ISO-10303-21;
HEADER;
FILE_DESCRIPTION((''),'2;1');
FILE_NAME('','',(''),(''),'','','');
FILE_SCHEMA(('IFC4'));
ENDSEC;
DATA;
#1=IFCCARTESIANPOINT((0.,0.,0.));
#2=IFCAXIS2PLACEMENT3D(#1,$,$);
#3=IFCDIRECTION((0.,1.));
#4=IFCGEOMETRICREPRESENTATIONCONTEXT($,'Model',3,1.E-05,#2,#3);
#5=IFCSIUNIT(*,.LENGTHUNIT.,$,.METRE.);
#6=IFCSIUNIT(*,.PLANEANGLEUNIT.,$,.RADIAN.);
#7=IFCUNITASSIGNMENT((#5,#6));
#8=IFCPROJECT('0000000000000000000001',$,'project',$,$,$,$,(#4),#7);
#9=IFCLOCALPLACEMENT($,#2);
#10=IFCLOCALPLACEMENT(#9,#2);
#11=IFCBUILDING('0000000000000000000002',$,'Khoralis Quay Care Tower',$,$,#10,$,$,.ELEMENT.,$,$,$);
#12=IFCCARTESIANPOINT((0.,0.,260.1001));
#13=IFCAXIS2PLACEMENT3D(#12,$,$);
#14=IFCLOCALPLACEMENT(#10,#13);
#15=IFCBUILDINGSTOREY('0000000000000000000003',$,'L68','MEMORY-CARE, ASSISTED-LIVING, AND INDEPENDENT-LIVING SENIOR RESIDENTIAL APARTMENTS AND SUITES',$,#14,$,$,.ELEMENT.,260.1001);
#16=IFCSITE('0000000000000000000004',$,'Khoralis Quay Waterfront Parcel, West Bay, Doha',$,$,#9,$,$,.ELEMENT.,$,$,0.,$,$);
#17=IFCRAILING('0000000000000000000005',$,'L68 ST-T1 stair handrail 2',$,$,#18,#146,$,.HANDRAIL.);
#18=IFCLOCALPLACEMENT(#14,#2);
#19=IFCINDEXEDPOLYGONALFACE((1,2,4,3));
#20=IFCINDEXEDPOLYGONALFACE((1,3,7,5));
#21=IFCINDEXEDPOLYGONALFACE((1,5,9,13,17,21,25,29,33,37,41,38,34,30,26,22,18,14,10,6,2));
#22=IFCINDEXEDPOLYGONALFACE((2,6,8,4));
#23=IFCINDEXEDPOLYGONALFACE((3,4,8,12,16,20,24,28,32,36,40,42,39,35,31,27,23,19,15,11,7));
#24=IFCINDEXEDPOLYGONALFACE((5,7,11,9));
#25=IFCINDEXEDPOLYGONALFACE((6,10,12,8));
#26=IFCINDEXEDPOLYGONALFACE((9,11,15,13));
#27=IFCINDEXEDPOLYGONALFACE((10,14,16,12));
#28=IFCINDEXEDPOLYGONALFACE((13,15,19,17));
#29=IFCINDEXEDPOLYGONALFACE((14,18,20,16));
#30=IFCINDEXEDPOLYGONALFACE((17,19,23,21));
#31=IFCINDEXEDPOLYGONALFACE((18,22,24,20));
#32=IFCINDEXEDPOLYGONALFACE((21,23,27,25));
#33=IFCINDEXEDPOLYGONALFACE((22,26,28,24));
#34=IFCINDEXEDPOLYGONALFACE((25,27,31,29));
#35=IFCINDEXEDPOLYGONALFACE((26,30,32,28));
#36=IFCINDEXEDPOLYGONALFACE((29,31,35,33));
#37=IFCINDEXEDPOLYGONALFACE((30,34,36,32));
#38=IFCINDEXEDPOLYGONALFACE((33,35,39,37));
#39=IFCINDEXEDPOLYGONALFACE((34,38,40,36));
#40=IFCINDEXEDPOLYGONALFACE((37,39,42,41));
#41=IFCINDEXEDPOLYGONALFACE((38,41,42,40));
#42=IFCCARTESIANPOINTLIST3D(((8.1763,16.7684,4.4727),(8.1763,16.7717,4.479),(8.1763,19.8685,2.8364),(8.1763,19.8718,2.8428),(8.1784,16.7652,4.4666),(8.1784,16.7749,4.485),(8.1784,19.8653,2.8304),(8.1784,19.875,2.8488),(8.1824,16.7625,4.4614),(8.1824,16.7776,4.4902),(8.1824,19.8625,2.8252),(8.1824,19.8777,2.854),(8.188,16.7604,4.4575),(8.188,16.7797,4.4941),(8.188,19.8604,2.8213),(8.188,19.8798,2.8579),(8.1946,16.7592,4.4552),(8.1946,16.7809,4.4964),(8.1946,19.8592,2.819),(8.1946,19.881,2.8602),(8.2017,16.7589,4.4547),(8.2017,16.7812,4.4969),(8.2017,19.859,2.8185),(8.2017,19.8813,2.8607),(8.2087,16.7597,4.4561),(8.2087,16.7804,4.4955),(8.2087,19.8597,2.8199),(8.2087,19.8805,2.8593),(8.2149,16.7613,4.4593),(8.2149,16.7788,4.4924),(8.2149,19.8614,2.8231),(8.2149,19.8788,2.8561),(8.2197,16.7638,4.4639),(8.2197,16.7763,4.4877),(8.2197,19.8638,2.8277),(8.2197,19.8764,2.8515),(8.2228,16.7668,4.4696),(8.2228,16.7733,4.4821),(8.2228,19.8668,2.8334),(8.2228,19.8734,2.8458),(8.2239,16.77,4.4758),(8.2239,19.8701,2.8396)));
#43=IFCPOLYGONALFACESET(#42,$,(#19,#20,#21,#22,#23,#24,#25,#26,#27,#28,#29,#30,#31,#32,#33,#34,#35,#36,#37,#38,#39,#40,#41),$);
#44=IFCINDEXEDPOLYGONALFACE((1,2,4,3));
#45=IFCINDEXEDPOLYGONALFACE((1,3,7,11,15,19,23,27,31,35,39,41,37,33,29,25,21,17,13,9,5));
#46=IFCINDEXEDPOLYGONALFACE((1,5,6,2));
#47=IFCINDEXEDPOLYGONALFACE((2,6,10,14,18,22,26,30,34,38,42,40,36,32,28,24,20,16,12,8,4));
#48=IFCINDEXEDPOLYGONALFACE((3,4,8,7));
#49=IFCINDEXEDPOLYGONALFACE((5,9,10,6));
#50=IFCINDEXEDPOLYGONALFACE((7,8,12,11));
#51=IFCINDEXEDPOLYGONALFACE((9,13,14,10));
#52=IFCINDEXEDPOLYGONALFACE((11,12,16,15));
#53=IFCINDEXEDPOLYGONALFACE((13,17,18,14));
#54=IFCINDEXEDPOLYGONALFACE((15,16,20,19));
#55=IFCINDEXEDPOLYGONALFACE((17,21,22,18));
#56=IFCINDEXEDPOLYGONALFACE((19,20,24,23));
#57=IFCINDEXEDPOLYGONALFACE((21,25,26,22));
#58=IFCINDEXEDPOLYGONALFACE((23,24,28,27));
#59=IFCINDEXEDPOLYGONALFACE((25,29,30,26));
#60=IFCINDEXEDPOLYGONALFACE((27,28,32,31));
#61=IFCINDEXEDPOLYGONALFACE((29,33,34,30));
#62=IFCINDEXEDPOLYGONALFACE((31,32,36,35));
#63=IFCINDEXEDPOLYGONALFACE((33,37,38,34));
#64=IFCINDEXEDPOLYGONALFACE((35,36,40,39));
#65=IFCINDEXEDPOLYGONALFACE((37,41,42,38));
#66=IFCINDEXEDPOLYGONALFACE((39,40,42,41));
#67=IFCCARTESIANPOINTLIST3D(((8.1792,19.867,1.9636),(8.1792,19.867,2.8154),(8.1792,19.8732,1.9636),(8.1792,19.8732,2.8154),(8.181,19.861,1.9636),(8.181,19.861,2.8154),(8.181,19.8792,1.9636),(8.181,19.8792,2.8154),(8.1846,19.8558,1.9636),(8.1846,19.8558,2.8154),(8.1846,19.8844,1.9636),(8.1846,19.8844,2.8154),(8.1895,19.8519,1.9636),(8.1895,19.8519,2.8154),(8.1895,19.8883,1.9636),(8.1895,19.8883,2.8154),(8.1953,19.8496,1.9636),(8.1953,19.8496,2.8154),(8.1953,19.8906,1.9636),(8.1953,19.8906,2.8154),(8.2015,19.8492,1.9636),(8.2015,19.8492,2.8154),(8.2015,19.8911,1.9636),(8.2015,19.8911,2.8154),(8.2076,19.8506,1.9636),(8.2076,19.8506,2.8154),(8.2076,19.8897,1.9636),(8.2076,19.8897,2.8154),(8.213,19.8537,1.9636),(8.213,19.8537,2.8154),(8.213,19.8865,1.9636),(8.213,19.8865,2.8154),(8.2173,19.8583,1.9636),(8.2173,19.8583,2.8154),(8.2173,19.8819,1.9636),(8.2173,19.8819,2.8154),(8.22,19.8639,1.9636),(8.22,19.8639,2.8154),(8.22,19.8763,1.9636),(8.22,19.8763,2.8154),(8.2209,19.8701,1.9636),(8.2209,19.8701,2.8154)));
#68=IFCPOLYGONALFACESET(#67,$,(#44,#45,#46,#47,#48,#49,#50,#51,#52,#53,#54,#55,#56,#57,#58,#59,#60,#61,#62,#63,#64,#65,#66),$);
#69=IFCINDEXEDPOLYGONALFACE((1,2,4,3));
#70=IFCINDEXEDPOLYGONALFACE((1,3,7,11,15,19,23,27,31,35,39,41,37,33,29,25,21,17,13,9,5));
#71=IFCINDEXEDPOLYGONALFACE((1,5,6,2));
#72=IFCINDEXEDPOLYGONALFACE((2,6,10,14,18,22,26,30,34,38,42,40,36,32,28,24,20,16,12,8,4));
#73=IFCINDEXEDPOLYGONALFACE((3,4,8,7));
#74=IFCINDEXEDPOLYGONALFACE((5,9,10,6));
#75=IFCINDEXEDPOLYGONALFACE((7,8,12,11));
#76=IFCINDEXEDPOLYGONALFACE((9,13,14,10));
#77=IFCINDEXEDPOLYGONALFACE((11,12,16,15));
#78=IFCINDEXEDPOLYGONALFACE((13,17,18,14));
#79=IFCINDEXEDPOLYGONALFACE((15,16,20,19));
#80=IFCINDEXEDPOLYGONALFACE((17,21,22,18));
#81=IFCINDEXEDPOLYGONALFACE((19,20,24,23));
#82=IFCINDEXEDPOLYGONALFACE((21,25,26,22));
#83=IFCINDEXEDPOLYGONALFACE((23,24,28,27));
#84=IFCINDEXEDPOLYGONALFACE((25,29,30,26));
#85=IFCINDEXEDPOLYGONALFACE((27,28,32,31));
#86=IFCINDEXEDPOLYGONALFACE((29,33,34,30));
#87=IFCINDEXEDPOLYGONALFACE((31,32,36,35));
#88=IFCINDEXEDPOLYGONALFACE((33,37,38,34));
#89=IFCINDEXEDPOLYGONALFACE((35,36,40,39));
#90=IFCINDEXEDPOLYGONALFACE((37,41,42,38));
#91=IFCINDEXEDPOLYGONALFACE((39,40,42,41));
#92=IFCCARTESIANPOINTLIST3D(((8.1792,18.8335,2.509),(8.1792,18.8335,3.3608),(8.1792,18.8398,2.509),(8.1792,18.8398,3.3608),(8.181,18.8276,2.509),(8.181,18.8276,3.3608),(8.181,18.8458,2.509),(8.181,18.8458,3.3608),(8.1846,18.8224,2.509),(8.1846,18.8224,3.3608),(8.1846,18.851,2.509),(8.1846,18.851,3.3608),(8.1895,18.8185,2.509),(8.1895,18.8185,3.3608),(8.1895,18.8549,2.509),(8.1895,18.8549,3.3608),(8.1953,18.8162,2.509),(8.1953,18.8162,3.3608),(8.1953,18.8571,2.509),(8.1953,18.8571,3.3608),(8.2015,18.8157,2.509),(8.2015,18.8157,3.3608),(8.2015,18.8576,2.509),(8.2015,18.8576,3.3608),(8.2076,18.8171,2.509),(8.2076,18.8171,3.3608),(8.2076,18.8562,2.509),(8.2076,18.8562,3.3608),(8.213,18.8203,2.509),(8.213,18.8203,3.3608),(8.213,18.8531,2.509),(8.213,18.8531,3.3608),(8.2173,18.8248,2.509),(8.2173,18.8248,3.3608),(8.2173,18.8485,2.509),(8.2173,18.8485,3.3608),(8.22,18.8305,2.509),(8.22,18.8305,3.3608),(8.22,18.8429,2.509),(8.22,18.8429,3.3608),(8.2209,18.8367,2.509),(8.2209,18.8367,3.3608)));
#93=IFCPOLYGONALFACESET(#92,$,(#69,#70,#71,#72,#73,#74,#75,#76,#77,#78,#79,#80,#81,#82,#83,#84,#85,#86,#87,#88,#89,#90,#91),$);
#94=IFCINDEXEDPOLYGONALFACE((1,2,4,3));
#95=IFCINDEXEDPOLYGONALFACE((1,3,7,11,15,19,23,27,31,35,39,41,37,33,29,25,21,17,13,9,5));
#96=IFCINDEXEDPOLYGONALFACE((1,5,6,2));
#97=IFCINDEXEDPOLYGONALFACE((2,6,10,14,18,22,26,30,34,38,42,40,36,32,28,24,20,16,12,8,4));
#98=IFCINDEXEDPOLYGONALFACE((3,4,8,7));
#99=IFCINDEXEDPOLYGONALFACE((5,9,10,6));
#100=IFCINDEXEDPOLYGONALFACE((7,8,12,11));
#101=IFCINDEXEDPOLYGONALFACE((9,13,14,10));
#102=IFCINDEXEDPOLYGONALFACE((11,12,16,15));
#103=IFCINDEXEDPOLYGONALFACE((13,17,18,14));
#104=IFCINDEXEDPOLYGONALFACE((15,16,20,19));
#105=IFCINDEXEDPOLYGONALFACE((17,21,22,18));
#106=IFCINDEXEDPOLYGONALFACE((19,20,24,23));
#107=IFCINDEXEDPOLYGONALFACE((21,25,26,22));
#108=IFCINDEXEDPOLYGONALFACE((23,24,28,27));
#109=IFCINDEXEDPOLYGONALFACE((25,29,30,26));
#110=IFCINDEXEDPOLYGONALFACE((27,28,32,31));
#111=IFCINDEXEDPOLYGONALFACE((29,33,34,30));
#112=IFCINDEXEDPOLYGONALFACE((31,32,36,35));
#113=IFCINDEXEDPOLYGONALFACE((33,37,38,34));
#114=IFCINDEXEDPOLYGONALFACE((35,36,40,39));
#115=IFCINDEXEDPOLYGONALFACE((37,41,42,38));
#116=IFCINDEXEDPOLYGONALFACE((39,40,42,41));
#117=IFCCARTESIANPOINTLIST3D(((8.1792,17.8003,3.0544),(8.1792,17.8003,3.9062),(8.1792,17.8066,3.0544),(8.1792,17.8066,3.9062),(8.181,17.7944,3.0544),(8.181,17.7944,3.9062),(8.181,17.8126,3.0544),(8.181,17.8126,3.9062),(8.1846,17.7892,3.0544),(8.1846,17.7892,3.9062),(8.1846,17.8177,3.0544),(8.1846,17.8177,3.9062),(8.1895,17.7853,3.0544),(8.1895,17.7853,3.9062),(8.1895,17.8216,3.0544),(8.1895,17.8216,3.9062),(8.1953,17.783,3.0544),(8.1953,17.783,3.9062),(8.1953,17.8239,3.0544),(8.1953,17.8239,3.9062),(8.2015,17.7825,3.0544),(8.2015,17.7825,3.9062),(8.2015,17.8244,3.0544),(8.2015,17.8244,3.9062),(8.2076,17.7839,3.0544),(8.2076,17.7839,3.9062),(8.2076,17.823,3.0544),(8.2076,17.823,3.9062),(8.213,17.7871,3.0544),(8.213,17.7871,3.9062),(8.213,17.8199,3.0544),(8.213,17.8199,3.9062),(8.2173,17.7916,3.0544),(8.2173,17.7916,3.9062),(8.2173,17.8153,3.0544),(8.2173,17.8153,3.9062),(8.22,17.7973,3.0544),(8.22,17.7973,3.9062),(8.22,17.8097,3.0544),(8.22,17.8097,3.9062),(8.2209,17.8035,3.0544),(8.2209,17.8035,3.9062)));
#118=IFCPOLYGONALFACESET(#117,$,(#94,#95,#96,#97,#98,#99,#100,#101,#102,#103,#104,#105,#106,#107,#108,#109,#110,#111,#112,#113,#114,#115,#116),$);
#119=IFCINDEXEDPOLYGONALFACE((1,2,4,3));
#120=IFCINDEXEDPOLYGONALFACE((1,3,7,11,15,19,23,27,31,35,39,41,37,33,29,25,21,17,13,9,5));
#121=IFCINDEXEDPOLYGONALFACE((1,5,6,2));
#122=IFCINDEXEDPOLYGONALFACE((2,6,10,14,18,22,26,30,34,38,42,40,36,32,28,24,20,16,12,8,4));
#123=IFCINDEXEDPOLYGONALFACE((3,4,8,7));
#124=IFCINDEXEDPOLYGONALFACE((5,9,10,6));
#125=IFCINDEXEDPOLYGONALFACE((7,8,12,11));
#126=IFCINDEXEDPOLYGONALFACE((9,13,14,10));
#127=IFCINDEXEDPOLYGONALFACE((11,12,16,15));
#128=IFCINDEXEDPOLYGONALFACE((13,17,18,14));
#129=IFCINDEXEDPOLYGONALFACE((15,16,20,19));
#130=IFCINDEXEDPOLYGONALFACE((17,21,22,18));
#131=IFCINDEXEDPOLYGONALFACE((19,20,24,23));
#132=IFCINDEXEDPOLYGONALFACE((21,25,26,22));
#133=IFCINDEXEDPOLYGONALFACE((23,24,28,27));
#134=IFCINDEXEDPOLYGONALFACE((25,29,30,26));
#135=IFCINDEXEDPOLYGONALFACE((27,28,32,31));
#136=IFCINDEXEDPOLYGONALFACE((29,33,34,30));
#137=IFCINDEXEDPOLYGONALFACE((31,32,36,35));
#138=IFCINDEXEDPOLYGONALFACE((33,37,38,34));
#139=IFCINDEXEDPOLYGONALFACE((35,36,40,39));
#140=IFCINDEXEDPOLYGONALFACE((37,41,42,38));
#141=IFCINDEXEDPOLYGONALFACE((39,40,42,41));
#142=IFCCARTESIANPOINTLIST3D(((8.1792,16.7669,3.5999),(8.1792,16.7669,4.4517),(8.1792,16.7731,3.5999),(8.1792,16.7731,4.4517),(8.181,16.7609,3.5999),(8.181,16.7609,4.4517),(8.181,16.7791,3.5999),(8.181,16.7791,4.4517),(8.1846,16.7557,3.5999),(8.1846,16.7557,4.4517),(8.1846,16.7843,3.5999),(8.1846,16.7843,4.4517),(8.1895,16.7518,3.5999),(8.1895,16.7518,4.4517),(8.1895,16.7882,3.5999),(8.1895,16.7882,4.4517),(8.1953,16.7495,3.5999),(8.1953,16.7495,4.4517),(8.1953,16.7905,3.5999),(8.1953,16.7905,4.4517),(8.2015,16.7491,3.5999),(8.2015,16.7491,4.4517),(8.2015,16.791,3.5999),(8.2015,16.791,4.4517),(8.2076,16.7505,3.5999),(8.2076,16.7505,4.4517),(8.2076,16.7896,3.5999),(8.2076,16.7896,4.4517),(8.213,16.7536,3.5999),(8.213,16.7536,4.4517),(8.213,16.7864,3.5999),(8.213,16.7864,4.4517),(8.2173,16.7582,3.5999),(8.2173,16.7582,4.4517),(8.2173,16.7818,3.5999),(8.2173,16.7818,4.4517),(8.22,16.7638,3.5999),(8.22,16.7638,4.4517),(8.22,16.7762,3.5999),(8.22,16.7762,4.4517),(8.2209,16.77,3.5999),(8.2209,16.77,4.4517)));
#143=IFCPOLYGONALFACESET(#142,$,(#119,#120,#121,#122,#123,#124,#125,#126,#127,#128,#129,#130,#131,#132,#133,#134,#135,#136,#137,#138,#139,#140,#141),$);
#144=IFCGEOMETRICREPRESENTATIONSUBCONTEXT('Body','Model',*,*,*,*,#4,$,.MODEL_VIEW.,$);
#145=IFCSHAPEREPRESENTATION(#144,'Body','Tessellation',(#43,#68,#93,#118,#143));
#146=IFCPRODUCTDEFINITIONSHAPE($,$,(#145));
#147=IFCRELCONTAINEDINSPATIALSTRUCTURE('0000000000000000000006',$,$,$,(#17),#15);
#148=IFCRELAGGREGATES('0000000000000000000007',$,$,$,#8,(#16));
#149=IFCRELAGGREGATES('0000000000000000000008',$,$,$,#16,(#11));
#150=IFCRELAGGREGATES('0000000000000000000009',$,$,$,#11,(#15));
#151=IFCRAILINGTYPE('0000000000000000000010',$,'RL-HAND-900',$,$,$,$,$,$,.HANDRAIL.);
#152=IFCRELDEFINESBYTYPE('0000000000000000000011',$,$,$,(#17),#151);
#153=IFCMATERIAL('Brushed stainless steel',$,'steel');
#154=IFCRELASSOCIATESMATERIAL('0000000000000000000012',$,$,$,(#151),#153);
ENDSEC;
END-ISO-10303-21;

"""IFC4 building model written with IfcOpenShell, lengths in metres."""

from ifc_helpers import new_model, si_unit, direction, frame, origin, origin_2d, place, context, subcontext, project, spatial, circle, extrude, material, type_object, element, save


model = new_model("IFC4")

# Units and contexts
model_context = context("Model", 3, precision=1e-05, world=origin(), true_north=direction((0.0, 1.0)))
body_context = subcontext(model_context, "Body", "Model", "MODEL_VIEW")
ifc_project = project(units=[si_unit("LENGTHUNIT", "METRE"), si_unit("PLANEANGLEUNIT", "RADIAN")], contexts=[model_context])

# Site, building, storey
site_placement = place(None, origin())
site = spatial("IfcSite", under=ifc_project, at=site_placement, Name="Khoralis Quay Waterfront Parcel, West Bay, Doha", CompositionType="ELEMENT", RefElevation=0.0)
building_placement = place(site_placement, origin())
building = spatial("IfcBuilding", under=site, at=building_placement, Name="Khoralis Quay Care Tower", CompositionType="ELEMENT")
storey_placement = place(building_placement, frame((0.0, 0.0, 260.1001)))
storey = spatial("IfcBuildingStorey", under=building, at=storey_placement, Name="L68", Description="MEMORY-CARE, ASSISTED-LIVING, AND INDEPENDENT-LIVING SENIOR RESIDENTIAL APARTMENTS AND SUITES", CompositionType="ELEMENT", Elevation=260.1001)

# Railing
ifc_material_1 = material(Name="Brushed stainless steel", Category="steel")
railing_type_1 = type_object("IfcRailingType", Name="RL-HAND-900", PredefinedType="HANDRAIL", material=ifc_material_1)
railing_1_placement = place(storey_placement, frame((8.2, 19.8701, 1.9636)))
element("IfcRailing", 1, at=railing_1_placement, inside=storey, type_object=railing_type_1, Name="L68 ST-T1 stair handrail 2", PredefinedType="HANDRAIL", context=body_context, shape_type="SweptSolid", body=[
    extrude(circle(Radius=0.0239, at=origin_2d()), frame((0.0, 0.0, 0.876), z_axis=(0.0, -0.884377, 0.466774), x_axis=(1.0, 0.0, 0.0)), (0.0, 0.0, 1.0), 3.5054),
    extrude(circle(Radius=0.021, at=origin_2d()), origin(), (0.0, 0.0, 1.0), 0.8518),
    extrude(circle(Radius=0.021, at=origin_2d()), frame((0.0, -1.0334, 0.5454)), (0.0, 0.0, 1.0), 0.8518),
    extrude(circle(Radius=0.021, at=origin_2d()), frame((0.0, -2.0667, 1.0908)), (0.0, 0.0, 1.0), 0.8518),
    extrude(circle(Radius=0.021, at=origin_2d()), frame((0.0, -3.1001, 1.6362)), (0.0, 0.0, 1.0), 0.8518),
])

save(model, "model.ifc")
